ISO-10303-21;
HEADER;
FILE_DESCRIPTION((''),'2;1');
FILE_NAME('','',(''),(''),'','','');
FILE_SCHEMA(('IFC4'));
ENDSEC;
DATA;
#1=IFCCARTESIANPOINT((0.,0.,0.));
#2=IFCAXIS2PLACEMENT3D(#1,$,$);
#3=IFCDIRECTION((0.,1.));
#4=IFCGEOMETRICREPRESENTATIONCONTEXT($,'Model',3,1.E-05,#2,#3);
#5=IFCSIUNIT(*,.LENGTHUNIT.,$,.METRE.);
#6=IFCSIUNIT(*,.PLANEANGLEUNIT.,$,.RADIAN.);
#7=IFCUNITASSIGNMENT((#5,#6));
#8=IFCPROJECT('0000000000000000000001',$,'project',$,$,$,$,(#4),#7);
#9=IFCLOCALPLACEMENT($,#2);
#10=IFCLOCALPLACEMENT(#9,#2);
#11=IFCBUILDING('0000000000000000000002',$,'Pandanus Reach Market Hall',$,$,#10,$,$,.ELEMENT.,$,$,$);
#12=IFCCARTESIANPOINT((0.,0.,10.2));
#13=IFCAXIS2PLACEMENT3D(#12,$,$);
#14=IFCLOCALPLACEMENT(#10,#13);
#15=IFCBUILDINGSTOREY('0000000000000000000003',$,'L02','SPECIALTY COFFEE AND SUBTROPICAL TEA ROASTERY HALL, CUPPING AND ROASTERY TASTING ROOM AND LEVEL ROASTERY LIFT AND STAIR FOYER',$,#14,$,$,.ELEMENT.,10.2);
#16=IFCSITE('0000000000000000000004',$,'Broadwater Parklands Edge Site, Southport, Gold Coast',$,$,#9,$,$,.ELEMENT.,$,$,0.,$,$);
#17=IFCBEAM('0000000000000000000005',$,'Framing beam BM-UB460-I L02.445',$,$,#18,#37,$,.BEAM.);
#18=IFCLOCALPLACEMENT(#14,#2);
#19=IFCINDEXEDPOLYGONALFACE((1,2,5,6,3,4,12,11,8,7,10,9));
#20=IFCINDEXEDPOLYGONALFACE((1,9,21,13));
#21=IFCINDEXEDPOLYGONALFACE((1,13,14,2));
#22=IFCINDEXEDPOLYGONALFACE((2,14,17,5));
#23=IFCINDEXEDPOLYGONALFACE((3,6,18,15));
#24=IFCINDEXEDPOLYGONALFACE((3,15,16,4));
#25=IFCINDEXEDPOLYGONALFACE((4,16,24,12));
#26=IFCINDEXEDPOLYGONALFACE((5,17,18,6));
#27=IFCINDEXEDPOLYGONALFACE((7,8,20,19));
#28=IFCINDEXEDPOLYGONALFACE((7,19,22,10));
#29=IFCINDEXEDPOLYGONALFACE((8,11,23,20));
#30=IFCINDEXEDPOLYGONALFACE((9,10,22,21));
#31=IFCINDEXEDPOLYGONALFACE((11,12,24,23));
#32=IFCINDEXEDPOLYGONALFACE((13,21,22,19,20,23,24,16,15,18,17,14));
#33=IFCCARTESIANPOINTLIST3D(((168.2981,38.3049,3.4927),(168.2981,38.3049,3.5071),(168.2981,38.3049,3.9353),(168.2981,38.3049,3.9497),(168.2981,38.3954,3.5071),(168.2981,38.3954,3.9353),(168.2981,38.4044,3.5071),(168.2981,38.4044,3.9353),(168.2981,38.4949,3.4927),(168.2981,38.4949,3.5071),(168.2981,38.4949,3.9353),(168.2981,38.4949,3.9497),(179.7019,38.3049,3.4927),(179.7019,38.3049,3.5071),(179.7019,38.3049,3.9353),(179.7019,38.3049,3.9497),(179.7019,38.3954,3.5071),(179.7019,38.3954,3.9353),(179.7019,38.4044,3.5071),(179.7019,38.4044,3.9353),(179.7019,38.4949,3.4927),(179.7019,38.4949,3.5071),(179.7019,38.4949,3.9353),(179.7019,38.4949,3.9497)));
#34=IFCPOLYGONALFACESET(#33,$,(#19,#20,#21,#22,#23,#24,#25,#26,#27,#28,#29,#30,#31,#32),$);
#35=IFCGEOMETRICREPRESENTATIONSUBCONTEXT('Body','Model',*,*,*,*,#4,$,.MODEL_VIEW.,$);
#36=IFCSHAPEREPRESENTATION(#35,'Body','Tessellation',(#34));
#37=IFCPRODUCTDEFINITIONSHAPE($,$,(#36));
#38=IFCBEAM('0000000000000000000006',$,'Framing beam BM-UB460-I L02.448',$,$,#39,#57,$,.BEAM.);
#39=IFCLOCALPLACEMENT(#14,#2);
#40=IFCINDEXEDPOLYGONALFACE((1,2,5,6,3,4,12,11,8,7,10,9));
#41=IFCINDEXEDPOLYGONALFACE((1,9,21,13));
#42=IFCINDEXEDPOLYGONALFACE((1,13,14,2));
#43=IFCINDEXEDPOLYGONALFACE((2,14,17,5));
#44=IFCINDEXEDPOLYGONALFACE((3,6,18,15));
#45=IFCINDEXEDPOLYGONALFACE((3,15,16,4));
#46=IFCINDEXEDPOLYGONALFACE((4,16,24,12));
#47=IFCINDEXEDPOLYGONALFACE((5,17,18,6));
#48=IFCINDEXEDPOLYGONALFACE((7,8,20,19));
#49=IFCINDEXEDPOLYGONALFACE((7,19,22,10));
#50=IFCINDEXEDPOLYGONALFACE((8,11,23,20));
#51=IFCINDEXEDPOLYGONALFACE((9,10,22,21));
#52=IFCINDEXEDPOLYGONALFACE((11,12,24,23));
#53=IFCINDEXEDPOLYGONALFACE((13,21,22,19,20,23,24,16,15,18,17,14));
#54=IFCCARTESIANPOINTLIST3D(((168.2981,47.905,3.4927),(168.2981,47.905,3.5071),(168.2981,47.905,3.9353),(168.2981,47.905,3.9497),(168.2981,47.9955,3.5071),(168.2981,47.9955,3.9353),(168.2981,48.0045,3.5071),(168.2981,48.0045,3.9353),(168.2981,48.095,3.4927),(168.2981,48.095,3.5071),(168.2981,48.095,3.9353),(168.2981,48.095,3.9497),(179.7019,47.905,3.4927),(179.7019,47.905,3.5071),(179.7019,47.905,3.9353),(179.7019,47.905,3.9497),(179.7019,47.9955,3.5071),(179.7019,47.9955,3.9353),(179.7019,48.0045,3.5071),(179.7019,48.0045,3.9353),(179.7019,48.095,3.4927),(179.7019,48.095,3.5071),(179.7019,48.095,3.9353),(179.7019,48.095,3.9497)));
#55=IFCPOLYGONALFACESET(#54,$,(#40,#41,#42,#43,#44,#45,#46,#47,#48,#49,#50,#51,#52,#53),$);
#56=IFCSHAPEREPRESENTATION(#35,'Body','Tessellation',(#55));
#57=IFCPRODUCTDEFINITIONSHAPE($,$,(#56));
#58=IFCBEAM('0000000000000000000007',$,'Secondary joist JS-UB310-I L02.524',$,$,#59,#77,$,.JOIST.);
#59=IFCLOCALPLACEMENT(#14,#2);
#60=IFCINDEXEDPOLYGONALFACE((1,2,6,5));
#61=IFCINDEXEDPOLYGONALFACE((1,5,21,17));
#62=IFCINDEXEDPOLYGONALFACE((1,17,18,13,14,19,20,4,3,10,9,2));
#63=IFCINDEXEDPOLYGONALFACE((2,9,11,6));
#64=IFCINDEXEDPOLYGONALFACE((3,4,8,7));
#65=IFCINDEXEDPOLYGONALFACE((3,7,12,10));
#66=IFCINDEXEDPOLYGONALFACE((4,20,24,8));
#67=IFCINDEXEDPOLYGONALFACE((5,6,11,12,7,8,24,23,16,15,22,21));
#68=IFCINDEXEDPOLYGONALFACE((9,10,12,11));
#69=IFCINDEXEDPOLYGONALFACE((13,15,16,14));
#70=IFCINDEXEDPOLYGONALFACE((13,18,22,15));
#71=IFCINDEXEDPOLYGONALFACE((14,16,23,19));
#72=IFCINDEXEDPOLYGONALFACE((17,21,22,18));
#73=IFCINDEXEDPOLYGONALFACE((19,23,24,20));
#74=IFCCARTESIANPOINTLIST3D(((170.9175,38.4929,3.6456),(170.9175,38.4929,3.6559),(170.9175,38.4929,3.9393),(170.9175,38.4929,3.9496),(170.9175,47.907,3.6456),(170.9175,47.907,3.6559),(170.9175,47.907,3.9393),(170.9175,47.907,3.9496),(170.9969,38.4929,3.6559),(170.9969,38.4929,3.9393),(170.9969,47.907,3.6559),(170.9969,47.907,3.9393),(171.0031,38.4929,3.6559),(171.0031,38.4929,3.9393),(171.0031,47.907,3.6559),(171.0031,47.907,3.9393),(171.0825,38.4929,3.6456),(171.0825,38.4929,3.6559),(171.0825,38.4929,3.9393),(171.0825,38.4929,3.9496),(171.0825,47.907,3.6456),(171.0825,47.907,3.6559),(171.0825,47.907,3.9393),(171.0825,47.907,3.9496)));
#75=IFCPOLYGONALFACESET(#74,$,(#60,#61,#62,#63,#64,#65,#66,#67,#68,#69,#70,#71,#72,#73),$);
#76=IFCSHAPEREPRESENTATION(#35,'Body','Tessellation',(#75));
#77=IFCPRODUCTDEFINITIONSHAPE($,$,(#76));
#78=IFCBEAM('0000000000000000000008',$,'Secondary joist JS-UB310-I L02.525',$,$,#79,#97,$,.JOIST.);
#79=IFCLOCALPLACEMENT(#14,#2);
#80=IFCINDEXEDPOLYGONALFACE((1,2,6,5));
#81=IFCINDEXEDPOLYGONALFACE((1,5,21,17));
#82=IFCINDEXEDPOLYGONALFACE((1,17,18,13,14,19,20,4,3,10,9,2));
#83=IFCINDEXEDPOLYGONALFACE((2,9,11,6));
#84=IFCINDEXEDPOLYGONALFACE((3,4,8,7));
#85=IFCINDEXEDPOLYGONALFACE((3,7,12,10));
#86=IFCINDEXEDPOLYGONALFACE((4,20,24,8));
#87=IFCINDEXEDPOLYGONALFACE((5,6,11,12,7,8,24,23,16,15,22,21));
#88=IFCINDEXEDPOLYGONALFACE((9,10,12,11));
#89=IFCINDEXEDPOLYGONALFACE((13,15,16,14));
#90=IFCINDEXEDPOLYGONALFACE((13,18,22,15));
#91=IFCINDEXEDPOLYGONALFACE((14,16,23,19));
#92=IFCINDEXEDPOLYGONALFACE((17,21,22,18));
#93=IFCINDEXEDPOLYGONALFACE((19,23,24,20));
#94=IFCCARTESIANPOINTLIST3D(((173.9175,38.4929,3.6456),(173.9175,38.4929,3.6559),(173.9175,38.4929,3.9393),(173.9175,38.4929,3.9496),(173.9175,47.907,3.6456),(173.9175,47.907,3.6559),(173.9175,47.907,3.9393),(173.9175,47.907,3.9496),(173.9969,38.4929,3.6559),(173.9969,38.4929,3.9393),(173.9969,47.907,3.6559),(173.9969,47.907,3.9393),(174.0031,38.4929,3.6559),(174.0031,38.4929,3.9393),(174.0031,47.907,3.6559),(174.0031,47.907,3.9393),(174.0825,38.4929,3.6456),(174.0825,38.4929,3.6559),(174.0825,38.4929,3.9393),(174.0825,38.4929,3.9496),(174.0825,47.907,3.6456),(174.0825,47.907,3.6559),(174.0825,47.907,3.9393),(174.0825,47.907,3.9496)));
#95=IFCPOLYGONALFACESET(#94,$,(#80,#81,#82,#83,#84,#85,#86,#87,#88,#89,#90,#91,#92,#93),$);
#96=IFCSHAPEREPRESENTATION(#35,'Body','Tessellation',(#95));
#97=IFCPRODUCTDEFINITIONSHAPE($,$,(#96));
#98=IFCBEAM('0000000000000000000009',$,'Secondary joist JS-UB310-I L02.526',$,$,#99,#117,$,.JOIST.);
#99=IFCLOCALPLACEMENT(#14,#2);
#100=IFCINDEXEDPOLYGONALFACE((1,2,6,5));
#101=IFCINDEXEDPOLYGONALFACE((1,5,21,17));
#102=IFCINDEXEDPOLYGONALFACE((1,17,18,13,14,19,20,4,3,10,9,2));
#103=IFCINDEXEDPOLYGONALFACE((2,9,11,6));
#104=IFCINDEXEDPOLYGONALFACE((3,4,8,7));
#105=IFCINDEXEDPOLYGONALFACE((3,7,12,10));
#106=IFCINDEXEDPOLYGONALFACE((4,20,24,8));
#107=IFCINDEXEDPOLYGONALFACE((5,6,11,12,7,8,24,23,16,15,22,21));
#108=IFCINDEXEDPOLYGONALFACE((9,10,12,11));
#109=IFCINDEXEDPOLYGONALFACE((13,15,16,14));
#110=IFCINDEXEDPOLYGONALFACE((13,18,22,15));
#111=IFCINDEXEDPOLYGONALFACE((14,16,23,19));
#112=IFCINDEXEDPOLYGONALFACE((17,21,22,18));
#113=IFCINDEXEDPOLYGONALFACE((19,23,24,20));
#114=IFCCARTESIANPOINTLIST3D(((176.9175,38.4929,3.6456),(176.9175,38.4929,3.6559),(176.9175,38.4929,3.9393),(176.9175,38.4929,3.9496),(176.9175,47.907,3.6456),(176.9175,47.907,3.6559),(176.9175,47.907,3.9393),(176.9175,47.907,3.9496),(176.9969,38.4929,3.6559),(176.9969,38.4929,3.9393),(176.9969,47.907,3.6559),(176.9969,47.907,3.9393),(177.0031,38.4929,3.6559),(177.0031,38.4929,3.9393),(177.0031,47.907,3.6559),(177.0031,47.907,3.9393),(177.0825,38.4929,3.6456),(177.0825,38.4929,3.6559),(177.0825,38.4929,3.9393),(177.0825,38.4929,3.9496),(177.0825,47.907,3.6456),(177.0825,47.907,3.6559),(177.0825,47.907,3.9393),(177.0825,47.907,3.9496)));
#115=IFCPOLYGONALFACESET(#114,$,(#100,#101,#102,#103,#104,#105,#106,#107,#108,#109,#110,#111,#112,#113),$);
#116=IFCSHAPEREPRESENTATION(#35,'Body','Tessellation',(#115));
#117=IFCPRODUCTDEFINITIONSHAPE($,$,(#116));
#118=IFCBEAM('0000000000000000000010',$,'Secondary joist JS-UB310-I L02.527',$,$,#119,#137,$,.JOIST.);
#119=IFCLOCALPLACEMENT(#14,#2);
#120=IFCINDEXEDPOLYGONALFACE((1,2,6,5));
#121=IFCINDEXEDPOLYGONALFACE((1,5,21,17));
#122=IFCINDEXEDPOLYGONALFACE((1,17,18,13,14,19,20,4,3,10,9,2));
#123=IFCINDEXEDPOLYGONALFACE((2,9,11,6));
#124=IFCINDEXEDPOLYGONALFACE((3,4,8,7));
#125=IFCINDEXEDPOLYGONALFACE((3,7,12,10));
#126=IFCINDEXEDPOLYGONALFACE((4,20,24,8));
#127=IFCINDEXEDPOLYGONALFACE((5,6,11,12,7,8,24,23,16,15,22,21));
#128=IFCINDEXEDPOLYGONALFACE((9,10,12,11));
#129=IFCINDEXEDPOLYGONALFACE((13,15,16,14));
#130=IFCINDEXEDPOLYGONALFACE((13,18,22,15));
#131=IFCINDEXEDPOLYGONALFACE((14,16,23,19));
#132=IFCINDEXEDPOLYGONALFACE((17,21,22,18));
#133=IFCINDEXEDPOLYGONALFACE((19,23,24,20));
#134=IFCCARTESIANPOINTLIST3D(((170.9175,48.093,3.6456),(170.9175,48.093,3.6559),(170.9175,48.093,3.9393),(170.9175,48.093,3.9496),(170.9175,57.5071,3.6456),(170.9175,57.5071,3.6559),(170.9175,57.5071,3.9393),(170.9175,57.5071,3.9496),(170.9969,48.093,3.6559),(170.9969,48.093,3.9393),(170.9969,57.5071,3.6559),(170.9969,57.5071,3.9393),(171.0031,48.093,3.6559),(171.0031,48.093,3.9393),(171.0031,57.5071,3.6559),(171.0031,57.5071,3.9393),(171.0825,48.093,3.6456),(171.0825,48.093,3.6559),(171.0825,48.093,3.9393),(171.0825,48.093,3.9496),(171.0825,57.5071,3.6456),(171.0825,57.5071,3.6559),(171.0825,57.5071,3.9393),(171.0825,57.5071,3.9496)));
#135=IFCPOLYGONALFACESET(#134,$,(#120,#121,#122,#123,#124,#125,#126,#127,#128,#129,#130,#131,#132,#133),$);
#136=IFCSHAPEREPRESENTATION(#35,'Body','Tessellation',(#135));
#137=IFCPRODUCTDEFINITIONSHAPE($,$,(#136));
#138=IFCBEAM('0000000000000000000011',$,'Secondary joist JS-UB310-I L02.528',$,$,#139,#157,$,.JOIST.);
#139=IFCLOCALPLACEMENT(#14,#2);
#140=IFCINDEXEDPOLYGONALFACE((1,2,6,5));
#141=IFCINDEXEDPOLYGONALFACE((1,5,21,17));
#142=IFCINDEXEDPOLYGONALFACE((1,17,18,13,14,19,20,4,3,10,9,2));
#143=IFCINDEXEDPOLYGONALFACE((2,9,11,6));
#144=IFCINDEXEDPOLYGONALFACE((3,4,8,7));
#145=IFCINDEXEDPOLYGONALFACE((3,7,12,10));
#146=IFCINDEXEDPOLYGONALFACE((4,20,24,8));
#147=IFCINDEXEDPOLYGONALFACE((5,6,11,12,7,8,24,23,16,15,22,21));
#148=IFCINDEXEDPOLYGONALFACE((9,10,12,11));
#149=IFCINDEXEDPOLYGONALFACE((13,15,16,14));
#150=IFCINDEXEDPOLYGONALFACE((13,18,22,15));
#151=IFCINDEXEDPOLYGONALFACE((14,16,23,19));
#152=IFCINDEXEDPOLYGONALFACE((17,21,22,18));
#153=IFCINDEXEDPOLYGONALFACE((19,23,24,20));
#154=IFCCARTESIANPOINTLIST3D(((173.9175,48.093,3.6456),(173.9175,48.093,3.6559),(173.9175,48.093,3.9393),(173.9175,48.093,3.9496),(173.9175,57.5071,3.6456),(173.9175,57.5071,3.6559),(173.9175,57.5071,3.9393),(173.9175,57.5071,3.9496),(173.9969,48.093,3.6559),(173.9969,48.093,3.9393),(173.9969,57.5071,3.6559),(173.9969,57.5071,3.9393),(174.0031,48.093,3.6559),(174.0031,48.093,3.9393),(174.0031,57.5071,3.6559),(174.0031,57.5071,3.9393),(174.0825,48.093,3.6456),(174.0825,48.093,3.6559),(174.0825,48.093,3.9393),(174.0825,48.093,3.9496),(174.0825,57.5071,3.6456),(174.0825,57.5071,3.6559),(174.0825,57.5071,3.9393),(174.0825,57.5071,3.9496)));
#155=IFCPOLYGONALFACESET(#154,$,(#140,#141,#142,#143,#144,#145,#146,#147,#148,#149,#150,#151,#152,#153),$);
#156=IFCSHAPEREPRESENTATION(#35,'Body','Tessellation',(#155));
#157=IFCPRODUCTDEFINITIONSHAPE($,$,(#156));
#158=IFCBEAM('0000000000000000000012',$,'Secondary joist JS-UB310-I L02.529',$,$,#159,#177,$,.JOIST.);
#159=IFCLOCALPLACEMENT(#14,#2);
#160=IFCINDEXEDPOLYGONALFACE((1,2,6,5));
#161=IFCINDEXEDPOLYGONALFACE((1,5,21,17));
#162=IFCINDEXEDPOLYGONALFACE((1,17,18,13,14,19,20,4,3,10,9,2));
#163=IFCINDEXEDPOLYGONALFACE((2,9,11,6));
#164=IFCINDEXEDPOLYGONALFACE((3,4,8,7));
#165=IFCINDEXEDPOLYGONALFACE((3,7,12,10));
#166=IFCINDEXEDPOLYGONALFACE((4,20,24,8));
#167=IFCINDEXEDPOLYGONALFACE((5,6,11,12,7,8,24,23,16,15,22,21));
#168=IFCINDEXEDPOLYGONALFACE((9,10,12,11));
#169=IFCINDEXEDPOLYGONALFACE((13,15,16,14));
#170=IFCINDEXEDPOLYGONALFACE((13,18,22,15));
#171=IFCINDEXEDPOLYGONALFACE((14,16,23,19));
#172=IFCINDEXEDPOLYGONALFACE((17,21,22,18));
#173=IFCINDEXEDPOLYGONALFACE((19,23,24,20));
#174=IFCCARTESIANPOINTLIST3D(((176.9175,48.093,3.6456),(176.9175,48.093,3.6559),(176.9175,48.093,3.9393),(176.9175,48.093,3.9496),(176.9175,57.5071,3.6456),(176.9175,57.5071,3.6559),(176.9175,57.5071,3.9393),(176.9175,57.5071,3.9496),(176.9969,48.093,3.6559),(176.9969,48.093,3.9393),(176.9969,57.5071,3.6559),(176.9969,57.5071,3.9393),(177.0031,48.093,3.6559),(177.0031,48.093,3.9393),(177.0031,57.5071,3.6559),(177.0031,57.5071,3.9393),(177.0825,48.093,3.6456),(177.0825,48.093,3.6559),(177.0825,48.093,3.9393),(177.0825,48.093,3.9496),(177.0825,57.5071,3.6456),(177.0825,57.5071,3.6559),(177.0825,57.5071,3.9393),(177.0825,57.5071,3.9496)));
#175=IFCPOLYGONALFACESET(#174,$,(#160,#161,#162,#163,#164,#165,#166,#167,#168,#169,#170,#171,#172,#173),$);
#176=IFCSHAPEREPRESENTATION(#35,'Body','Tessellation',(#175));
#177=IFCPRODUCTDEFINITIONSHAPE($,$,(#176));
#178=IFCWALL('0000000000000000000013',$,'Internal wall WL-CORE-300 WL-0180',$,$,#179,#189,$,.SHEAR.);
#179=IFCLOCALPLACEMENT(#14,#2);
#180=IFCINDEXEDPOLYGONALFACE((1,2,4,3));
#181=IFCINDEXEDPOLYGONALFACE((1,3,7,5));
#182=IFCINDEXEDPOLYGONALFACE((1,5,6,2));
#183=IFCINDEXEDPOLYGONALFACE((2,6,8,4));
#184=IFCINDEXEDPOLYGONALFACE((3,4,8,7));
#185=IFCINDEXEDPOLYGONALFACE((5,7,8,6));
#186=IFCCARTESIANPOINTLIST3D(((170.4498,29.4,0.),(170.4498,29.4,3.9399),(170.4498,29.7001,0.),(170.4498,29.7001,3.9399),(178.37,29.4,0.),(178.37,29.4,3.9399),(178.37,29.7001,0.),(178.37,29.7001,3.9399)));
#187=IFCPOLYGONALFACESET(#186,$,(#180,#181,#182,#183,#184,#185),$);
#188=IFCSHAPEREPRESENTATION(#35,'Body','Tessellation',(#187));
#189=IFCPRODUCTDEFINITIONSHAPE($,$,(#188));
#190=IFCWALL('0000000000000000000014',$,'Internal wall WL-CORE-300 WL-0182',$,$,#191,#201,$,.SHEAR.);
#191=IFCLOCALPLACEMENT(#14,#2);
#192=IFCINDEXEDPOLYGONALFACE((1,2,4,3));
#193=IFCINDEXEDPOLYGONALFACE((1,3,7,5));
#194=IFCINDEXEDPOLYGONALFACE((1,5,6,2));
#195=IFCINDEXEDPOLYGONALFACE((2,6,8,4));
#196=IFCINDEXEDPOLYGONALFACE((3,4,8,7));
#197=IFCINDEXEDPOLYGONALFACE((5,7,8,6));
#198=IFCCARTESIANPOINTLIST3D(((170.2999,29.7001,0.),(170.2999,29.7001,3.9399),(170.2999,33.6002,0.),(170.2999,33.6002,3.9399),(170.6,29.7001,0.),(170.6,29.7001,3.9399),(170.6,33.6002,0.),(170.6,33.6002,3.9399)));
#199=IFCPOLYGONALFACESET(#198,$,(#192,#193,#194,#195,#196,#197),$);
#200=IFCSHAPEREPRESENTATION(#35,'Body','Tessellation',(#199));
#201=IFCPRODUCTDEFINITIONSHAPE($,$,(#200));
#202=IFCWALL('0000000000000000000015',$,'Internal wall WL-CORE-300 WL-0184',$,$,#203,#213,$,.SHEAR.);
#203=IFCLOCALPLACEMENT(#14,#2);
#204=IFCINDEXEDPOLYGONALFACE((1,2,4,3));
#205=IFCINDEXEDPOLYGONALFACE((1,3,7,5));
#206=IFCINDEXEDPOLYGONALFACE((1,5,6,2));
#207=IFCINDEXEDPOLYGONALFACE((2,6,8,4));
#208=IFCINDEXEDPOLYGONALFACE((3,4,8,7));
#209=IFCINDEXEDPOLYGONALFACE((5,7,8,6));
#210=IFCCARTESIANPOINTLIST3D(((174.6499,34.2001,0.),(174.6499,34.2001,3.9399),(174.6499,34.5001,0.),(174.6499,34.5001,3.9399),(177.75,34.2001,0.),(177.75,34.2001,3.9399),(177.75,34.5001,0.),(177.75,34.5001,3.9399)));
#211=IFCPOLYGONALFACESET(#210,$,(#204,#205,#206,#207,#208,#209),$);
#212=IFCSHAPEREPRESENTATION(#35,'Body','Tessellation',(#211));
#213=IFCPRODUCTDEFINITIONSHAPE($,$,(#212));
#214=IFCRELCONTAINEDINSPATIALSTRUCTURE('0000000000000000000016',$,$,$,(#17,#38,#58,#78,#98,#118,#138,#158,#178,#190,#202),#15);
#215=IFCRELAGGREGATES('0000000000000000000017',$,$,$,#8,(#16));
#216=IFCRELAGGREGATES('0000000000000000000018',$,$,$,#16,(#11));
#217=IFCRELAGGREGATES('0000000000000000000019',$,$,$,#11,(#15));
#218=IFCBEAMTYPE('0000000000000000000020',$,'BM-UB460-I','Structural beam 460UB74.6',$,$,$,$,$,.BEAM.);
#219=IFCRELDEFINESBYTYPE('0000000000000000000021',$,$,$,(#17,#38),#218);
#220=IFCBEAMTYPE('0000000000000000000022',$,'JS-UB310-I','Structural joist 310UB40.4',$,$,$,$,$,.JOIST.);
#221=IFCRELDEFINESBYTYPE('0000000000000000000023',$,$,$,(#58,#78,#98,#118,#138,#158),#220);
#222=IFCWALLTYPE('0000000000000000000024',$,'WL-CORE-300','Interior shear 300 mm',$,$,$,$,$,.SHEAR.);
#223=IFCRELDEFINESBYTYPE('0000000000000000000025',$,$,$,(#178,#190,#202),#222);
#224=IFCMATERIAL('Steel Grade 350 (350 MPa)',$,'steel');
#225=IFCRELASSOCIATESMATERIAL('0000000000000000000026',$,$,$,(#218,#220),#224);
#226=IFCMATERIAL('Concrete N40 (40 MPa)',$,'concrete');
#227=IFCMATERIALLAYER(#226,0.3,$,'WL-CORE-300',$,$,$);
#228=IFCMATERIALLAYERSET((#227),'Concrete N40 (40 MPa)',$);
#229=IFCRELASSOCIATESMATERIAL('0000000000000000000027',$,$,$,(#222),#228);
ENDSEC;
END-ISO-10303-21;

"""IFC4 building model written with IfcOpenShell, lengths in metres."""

from ifc_helpers import new_model, si_unit, direction, frame, frame_2d, origin, origin_2d, place, context, subcontext, project, spatial, rectangle, i_section, extrude, material, layer, layer_set, material_profile, profile_set, type_object, element, save


model = new_model("IFC4")

# Units and contexts
model_context = context("Model", 3, precision=1e-05, world=origin(), true_north=direction((0.0, 1.0)))
body_context = subcontext(model_context, "Body", "Model", "MODEL_VIEW")
ifc_project = project(units=[si_unit("LENGTHUNIT", "METRE"), si_unit("PLANEANGLEUNIT", "RADIAN")], contexts=[model_context])

# Site, building, storey
site_placement = place(None, origin())
site = spatial("IfcSite", under=ifc_project, at=site_placement, Name="Broadwater Parklands Edge Site, Southport, Gold Coast", CompositionType="ELEMENT", RefElevation=0.0)
building_placement = place(site_placement, origin())
building = spatial("IfcBuilding", under=site, at=building_placement, Name="Pandanus Reach Market Hall", CompositionType="ELEMENT")
storey_placement = place(building_placement, frame((0.0, 0.0, 10.2)))
storey = spatial("IfcBuildingStorey", under=building, at=storey_placement, Name="L02", Description="SPECIALTY COFFEE AND SUBTROPICAL TEA ROASTERY HALL, CUPPING AND ROASTERY TASTING ROOM AND LEVEL ROASTERY LIFT AND STAIR FOYER", CompositionType="ELEMENT", Elevation=10.2)

# Beams
ifc_material_1 = material(Name="Steel Grade 350 (350 MPa)", Category="steel")
ifc_material_profile_1 = material_profile(ifc_material_1, i_section(OverallWidth=0.1899, OverallDepth=0.457, WebThickness=0.009, FlangeThickness=0.0144, at=origin_2d()), Name="460UB74.6", Category="LoadBearing")
ifc_profile_set_1 = profile_set([ifc_material_profile_1], Name="Steel Grade 350 (350 MPa)")
beam_type_1 = type_object("IfcBeamType", Name="BM-UB460-I", Description="Structural beam 460UB74.6", PredefinedType="BEAM", material=ifc_profile_set_1)
for number, where, z_axis, x_axis, name in (
    (1, (168.2981, 38.3999, 3.7212), (1.0, 0.0, 0.0), (0.0, 1.0, 0.0), "Framing beam BM-UB460-I L02.445"),
    (2, (168.2981, 48.0, 3.7212), (1.0, 0.0, 0.0), (0.0, 1.0, 0.0), "Framing beam BM-UB460-I L02.448"),
):
    element("IfcBeam", number, at=place(storey_placement, frame(where, z_axis=z_axis, x_axis=x_axis)), inside=storey, type_object=beam_type_1, Name=name, PredefinedType="BEAM", context=body_context, shape_type="SweptSolid", body=[
        extrude(i_section(OverallWidth=0.1899, OverallDepth=0.457, WebThickness=0.009, FlangeThickness=0.0144, at=origin_2d()), origin(), (0.0, 0.0, 1.0), 11.4038),
    ])
ifc_material_profile_2 = material_profile(ifc_material_1, i_section(OverallWidth=0.165, OverallDepth=0.304, WebThickness=0.0061, FlangeThickness=0.0103, at=origin_2d()), Name="310UB40.4", Category="LoadBearing")
ifc_profile_set_2 = profile_set([ifc_material_profile_2], Name="Steel Grade 350 (350 MPa)")
beam_type_2 = type_object("IfcBeamType", Name="JS-UB310-I", Description="Structural joist 310UB40.4", PredefinedType="JOIST", material=ifc_profile_set_2)
for number, where, z_axis, x_axis, name in (
    (3, (171.0, 38.4929, 3.7976), (0.0, 1.0, 0.0), (-1.0, 0.0, 0.0), "Secondary joist JS-UB310-I L02.524"),
    (4, (174.0, 38.4929, 3.7976), (0.0, 1.0, 0.0), (-1.0, 0.0, 0.0), "Secondary joist JS-UB310-I L02.525"),
    (5, (177.0, 38.4929, 3.7976), (0.0, 1.0, 0.0), (-1.0, 0.0, 0.0), "Secondary joist JS-UB310-I L02.526"),
    (6, (171.0, 48.093, 3.7976), (0.0, 1.0, 0.0), (-1.0, 0.0, 0.0), "Secondary joist JS-UB310-I L02.527"),
    (7, (174.0, 48.093, 3.7976), (0.0, 1.0, 0.0), (-1.0, 0.0, 0.0), "Secondary joist JS-UB310-I L02.528"),
    (8, (177.0, 48.093, 3.7976), (0.0, 1.0, 0.0), (-1.0, 0.0, 0.0), "Secondary joist JS-UB310-I L02.529"),
):
    element("IfcBeam", number, at=place(storey_placement, frame(where, z_axis=z_axis, x_axis=x_axis)), inside=storey, type_object=beam_type_2, Name=name, PredefinedType="JOIST", context=body_context, shape_type="SweptSolid", body=[
        extrude(i_section(OverallWidth=0.165, OverallDepth=0.304, WebThickness=0.0061, FlangeThickness=0.0103, at=origin_2d()), origin(), (0.0, 0.0, 1.0), 9.4141),
    ])

# Wall
ifc_material_2 = material(Name="Concrete N40 (40 MPa)", Category="concrete")
ifc_layer_1 = layer(ifc_material_2, 0.3, Name="WL-CORE-300")
ifc_layer_set_1 = layer_set([ifc_layer_1], Name="Concrete N40 (40 MPa)")
wall_type_1 = type_object("IfcWallType", Name="WL-CORE-300", Description="Interior shear 300 mm", PredefinedType="SHEAR", material=ifc_layer_set_1)
wall_1_placement = place(storey_placement, frame((170.45, 29.55, 0.0), z_axis=(0.0, 0.0, 1.0), x_axis=(1.0, 0.0, 0.0)))
element("IfcWall", 9, at=wall_1_placement, inside=storey, type_object=wall_type_1, Name="Internal wall WL-CORE-300 WL-0180", PredefinedType="SHEAR", context=body_context, shape_type="SweptSolid", body=[
    extrude(rectangle(XDim=7.9202, YDim=0.3, at=frame_2d((3.96, 0.0))), origin(), (0.0, 0.0, 1.0), 3.9399),
])

# Walls
wall_2_placement = place(storey_placement, frame((170.45, 29.7, 0.0), z_axis=(0.0, 0.0, 1.0), x_axis=(0.0, 1.0, 0.0)))
element("IfcWall", 10, at=wall_2_placement, inside=storey, type_object=wall_type_1, Name="Internal wall WL-CORE-300 WL-0182", PredefinedType="SHEAR", context=body_context, shape_type="SweptSolid", body=[
    extrude(rectangle(XDim=3.9001, YDim=0.3, at=frame_2d((1.9502, 0.0))), origin(), (0.0, 0.0, 1.0), 3.9399),
])
for number, where, z_axis, x_axis, name in (
    (11, (174.6499, 34.3501, 0.0), (0.0, 0.0, 1.0), (1.0, 0.0, 0.0), "Internal wall WL-CORE-300 WL-0184"),
):
    element("IfcWall", number, at=place(storey_placement, frame(where, z_axis=z_axis, x_axis=x_axis)), inside=storey, type_object=wall_type_1, Name=name, PredefinedType="SHEAR", context=body_context, shape_type="SweptSolid", body=[
        extrude(rectangle(XDim=3.1001, YDim=0.3, at=frame_2d((1.55, 0.0))), origin(), (0.0, 0.0, 1.0), 3.9399),
    ])

save(model, "model.ifc")
